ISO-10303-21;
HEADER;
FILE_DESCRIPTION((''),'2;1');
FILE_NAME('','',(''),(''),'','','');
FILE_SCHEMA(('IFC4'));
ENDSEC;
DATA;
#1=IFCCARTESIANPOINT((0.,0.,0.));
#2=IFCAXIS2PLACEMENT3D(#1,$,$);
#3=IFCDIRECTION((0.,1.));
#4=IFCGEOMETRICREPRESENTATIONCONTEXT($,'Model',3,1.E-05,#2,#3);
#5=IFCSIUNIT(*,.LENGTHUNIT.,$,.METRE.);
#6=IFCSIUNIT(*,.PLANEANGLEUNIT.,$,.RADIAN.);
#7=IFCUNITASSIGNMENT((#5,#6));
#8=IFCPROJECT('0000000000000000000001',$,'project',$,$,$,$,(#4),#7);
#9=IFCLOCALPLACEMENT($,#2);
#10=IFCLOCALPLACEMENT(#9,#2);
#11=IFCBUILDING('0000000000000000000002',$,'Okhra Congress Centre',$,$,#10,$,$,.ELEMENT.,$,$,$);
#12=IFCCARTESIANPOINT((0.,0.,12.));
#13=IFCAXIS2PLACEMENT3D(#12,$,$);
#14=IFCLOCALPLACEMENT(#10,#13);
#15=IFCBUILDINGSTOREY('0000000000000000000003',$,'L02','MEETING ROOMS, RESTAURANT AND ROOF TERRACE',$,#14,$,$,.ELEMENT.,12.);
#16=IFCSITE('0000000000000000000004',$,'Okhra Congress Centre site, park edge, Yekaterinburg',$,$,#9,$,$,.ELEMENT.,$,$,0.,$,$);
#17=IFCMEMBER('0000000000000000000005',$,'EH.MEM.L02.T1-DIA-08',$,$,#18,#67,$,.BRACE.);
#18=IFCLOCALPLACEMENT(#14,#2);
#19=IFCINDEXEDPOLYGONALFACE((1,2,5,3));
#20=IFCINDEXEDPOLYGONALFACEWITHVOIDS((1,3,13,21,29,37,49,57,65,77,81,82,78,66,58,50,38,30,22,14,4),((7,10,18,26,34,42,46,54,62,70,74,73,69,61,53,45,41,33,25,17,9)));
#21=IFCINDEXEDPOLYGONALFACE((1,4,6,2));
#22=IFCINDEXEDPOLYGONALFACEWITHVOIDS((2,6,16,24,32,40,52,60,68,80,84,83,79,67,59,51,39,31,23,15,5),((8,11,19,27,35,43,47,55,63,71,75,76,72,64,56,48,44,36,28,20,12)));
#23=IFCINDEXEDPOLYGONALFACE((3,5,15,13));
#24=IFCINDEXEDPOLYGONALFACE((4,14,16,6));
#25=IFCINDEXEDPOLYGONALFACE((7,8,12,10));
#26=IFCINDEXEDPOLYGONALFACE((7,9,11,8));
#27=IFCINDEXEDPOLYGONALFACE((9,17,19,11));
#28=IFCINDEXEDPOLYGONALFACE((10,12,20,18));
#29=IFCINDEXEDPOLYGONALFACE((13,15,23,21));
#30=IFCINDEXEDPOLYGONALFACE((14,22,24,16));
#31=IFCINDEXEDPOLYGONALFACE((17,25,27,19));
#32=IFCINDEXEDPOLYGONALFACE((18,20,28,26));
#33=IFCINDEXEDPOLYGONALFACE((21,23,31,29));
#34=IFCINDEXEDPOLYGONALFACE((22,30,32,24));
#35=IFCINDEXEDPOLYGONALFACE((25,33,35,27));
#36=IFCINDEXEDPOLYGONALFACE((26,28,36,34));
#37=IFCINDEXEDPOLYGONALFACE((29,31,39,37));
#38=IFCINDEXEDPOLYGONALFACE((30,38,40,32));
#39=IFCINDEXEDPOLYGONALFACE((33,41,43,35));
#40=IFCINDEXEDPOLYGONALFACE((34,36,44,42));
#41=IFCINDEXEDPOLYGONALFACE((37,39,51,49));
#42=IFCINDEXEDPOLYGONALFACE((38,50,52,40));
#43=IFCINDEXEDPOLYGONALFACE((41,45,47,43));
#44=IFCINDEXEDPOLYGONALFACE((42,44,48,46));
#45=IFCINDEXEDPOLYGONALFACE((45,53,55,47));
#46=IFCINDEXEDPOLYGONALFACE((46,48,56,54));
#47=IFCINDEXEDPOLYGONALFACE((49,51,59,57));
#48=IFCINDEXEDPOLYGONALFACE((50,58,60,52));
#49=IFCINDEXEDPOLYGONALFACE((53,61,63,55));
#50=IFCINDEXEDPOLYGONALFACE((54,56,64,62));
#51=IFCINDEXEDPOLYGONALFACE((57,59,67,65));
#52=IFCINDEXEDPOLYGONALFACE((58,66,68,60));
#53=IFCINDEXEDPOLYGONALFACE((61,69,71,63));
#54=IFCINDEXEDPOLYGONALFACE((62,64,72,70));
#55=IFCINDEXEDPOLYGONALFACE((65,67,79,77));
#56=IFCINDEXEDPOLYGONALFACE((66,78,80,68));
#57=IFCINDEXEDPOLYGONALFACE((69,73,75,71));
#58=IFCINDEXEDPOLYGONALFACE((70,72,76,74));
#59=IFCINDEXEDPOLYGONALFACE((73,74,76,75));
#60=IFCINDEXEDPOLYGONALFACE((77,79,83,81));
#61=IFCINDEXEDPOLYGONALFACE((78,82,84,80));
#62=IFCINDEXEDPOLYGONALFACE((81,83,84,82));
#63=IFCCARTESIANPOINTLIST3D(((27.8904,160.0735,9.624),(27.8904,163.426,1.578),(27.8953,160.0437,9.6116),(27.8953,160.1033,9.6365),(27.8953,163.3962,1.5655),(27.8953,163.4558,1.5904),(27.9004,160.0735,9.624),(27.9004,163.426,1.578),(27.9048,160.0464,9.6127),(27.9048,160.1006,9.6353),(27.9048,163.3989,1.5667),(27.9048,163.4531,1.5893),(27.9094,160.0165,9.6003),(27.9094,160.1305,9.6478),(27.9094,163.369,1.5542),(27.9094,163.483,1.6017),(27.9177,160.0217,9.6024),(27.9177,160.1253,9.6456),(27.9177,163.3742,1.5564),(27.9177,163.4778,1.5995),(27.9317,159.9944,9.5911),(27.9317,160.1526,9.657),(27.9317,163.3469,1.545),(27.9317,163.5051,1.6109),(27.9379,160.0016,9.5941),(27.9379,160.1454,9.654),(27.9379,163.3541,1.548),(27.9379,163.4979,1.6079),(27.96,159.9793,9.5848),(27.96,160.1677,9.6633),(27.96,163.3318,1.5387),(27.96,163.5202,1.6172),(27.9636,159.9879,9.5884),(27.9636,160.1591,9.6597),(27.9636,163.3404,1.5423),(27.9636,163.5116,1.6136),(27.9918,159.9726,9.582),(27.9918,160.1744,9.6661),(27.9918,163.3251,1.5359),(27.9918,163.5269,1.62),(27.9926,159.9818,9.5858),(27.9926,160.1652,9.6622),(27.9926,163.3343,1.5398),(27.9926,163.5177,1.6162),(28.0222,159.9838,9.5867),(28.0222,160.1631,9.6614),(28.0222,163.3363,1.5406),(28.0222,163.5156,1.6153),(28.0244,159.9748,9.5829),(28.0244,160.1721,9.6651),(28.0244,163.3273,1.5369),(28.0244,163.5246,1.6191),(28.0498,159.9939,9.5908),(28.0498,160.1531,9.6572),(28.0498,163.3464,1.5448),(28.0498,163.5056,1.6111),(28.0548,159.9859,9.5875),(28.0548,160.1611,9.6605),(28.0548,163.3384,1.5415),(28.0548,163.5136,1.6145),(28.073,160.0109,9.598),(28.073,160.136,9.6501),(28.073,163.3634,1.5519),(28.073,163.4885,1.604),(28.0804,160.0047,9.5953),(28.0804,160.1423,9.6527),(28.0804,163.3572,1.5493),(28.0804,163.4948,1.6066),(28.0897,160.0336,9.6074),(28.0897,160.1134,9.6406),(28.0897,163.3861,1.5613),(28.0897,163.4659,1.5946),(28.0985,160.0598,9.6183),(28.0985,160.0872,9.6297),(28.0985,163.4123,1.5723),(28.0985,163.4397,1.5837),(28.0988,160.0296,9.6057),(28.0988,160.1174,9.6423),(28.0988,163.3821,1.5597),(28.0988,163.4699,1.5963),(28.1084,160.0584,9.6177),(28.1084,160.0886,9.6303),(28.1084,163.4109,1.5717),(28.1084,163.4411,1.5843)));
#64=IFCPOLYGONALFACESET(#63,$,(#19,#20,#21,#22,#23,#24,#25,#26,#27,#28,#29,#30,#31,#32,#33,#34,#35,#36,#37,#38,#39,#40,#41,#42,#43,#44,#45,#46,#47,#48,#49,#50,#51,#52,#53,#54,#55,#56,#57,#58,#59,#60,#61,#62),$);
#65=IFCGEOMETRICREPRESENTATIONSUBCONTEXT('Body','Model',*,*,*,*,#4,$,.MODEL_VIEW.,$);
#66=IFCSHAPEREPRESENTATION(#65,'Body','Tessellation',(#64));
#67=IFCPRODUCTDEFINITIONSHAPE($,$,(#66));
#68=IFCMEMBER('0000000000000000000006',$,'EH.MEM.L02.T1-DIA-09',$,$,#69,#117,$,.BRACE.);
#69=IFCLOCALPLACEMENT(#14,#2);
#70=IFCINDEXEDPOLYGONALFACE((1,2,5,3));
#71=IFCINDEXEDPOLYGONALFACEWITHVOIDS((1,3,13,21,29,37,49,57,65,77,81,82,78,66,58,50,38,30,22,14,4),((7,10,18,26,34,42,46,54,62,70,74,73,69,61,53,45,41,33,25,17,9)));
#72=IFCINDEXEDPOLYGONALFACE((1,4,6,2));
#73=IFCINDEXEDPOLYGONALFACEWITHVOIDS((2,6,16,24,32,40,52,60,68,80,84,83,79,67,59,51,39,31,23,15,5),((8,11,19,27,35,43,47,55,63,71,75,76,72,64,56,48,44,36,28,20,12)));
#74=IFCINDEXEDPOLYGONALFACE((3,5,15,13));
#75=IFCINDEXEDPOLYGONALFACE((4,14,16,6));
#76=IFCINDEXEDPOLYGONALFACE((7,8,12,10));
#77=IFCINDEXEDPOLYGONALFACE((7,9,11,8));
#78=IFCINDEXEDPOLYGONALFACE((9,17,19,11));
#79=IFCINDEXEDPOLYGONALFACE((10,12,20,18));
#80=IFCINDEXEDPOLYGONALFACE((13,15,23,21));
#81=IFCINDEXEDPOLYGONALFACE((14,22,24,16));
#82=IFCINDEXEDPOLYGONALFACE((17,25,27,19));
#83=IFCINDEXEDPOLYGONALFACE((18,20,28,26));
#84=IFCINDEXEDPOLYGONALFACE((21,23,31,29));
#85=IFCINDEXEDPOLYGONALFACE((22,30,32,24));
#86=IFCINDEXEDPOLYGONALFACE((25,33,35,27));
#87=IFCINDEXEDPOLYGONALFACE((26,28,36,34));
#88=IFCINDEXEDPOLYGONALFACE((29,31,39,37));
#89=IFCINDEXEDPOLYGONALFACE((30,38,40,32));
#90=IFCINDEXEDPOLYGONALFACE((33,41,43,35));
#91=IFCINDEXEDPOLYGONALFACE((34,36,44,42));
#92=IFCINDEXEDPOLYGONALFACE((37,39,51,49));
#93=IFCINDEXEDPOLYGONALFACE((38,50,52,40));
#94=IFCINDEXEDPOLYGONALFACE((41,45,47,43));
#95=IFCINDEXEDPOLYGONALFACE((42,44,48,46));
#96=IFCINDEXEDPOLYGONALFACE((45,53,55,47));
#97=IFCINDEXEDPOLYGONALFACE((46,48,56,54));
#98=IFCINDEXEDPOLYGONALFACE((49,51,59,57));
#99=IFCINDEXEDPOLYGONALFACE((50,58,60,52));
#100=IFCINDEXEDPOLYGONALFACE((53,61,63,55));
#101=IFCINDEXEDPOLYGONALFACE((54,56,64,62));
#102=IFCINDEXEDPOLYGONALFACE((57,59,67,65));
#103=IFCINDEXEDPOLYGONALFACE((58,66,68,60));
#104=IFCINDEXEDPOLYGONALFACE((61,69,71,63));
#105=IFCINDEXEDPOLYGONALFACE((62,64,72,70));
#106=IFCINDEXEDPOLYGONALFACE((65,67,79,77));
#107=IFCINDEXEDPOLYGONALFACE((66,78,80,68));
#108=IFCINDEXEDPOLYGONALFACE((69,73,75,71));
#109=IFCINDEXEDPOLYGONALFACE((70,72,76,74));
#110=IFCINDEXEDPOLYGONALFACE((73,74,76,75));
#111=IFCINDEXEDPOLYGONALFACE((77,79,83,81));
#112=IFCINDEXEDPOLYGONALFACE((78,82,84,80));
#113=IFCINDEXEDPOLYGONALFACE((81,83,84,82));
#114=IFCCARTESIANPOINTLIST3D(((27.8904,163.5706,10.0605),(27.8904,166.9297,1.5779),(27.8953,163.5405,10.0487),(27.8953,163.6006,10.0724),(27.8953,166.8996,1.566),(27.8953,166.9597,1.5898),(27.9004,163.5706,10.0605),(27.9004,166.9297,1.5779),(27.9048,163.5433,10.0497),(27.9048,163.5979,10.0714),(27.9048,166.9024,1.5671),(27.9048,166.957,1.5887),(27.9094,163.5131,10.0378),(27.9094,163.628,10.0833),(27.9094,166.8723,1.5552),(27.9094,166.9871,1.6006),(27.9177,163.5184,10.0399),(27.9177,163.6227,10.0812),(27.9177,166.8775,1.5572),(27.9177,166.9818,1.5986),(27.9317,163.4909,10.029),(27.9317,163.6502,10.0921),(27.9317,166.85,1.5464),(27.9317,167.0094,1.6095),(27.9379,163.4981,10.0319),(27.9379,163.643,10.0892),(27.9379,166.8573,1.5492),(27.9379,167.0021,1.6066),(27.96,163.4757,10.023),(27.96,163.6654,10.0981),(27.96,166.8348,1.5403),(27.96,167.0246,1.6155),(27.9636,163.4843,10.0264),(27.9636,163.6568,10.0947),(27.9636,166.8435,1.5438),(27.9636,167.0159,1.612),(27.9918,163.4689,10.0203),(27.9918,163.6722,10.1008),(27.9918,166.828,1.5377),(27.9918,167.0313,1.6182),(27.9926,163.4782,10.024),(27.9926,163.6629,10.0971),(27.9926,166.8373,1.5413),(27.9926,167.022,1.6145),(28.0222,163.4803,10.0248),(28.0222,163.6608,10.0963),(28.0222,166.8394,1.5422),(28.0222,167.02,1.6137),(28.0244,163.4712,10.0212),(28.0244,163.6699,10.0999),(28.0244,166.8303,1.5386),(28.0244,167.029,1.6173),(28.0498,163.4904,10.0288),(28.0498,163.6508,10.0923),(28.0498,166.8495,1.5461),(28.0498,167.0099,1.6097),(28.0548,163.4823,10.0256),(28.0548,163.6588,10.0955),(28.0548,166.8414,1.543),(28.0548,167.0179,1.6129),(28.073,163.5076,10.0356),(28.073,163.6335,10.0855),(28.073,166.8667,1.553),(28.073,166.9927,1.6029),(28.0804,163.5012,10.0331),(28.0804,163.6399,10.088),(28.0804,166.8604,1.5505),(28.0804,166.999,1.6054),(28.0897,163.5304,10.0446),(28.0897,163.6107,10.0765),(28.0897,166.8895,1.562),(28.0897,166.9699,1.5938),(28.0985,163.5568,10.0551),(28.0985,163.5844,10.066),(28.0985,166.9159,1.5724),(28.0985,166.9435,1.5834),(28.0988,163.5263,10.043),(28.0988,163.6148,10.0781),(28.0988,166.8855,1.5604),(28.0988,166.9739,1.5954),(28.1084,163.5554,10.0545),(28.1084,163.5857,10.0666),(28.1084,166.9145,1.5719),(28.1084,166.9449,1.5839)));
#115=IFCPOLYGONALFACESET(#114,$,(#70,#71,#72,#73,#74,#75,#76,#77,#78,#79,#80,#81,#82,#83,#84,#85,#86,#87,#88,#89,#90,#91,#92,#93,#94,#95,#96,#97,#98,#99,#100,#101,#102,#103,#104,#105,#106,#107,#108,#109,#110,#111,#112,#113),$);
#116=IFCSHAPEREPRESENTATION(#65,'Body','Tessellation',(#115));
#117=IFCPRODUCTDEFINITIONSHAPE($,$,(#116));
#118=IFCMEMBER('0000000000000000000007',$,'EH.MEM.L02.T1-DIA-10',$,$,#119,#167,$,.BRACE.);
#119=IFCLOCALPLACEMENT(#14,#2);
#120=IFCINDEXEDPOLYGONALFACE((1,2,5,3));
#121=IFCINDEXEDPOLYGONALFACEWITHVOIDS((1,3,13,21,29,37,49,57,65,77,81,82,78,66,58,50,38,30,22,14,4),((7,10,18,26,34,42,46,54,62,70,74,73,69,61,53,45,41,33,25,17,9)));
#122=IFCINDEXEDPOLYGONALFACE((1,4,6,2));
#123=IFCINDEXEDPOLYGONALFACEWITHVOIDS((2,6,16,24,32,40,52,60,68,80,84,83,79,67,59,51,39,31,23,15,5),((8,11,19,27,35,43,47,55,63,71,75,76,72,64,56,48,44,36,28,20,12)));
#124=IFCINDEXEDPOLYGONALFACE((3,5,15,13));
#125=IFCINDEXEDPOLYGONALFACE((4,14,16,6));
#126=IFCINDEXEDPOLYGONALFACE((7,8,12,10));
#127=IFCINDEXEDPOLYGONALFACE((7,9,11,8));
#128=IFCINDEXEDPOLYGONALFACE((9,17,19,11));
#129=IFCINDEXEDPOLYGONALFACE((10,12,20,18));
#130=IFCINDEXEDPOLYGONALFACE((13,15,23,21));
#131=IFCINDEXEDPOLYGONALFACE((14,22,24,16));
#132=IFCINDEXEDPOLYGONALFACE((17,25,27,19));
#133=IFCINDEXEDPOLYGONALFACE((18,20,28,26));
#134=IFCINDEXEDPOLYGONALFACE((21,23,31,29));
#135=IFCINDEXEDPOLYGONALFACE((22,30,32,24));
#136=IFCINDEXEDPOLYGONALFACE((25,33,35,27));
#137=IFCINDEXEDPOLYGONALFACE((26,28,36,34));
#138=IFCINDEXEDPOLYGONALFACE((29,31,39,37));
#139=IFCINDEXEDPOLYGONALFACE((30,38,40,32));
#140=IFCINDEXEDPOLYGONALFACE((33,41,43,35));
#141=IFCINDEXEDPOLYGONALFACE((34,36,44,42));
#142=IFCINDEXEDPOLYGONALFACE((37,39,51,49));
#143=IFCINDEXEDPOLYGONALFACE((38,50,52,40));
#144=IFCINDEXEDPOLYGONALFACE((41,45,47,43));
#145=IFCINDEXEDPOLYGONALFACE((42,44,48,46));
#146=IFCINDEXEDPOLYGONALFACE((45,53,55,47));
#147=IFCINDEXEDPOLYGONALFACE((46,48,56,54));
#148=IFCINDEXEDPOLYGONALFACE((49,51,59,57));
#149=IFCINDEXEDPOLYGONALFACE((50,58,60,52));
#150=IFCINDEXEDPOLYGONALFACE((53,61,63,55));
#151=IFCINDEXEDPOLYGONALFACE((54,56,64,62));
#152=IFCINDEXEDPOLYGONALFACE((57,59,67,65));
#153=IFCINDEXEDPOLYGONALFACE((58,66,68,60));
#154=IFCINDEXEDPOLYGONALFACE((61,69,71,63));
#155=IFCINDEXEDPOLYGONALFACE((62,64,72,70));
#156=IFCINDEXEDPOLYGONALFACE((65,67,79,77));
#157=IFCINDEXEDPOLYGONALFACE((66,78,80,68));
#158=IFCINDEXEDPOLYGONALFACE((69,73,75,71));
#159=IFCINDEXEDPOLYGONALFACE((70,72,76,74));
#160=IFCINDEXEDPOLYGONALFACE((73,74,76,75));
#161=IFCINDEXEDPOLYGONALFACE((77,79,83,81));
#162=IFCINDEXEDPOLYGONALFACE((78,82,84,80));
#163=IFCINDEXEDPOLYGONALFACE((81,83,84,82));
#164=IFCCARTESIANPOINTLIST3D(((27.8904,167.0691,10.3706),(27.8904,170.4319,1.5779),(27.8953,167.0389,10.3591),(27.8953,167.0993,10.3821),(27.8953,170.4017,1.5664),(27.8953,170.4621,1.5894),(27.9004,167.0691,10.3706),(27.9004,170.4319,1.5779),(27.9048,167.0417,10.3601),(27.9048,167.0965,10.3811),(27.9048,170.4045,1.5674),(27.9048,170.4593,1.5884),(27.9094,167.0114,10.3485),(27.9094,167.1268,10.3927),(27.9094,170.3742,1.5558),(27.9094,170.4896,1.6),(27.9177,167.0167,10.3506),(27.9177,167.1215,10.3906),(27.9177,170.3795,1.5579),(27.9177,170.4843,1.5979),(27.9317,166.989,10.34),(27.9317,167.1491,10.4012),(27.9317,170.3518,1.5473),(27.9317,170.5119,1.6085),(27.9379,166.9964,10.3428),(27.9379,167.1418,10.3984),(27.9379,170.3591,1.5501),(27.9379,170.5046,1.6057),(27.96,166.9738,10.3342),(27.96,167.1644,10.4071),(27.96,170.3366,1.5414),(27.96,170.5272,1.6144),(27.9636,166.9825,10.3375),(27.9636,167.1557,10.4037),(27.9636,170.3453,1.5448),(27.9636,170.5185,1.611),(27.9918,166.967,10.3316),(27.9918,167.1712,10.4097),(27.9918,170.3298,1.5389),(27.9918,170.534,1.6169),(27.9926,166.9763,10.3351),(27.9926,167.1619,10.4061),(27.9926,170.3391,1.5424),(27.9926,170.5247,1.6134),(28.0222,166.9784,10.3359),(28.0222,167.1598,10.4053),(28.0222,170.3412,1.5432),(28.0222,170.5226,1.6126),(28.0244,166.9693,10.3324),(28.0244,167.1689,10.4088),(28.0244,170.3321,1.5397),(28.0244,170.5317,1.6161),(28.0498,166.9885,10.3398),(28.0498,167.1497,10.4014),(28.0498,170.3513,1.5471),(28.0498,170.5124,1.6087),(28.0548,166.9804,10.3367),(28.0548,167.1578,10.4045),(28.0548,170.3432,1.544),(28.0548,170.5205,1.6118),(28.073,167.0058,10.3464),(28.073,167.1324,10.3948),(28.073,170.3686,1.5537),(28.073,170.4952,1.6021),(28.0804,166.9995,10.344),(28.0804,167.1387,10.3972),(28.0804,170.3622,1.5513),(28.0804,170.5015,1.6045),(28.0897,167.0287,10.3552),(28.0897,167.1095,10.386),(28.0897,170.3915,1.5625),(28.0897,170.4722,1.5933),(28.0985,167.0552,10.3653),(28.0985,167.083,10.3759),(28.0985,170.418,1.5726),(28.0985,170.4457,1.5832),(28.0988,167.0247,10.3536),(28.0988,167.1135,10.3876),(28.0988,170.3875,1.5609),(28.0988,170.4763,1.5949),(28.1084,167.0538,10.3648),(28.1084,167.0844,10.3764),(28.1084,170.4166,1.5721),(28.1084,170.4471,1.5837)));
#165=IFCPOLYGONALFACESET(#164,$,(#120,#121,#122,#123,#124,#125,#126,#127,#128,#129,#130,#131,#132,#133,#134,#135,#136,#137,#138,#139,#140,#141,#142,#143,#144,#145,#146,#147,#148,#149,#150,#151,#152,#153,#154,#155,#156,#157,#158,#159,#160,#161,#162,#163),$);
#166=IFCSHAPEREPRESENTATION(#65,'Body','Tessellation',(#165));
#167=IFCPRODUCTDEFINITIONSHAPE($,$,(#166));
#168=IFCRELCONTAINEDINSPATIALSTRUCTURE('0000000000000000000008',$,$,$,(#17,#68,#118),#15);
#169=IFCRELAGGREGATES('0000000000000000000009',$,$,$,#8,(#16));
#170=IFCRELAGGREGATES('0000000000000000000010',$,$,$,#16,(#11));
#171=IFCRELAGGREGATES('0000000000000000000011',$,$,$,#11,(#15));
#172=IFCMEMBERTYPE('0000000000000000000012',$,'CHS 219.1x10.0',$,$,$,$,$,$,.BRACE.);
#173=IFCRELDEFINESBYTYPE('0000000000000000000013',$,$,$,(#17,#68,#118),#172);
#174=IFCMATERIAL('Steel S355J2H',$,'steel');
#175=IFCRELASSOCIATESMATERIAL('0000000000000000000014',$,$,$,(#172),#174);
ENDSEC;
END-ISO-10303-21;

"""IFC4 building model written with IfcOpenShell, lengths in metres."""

from ifc_helpers import new_model, si_unit, direction, frame, origin, origin_2d, place, context, subcontext, project, spatial, hollow_circle, extrude, material, material_profile, profile_set, type_object, element, save


model = new_model("IFC4")

# Units and contexts
model_context = context("Model", 3, precision=1e-05, world=origin(), true_north=direction((0.0, 1.0)))
body_context = subcontext(model_context, "Body", "Model", "MODEL_VIEW")
ifc_project = project(units=[si_unit("LENGTHUNIT", "METRE"), si_unit("PLANEANGLEUNIT", "RADIAN")], contexts=[model_context])

# Site, building, storey
site_placement = place(None, origin())
site = spatial("IfcSite", under=ifc_project, at=site_placement, Name="Okhra Congress Centre site, park edge, Yekaterinburg", CompositionType="ELEMENT", RefElevation=0.0)
building_placement = place(site_placement, origin())
building = spatial("IfcBuilding", under=site, at=building_placement, Name="Okhra Congress Centre", CompositionType="ELEMENT")
storey_placement = place(building_placement, frame((0.0, 0.0, 12.0)))
storey = spatial("IfcBuildingStorey", under=building, at=storey_placement, Name="L02", Description="MEETING ROOMS, RESTAURANT AND ROOF TERRACE", CompositionType="ELEMENT", Elevation=12.0)

# Members
ifc_material_1 = material(Name="Steel S355J2H", Category="steel")
ifc_material_profile_1 = material_profile(ifc_material_1, hollow_circle(Radius=0.1096, WallThickness=0.01, at=origin_2d()), Name="CHS 219.1x10.0")
ifc_profile_set_1 = profile_set([ifc_material_profile_1], Name="Steel S355J2H")
member_type_1 = type_object("IfcMemberType", Name="CHS 219.1x10.0", PredefinedType="BRACE", material=ifc_profile_set_1)
member_1_placement = place(storey_placement, frame((28.0, 160.0735, 9.624), z_axis=(0.0, 0.384613, -0.923078), x_axis=(-1.0, 0.0, 0.0)))
element("IfcMember", 1, at=member_1_placement, inside=storey, type_object=member_type_1, Name="EH.MEM.L02.T1-DIA-08", PredefinedType="BRACE", context=body_context, shape_type="SweptSolid", body=[
    extrude(hollow_circle(Radius=0.1096, WallThickness=0.01, at=origin_2d()), origin(), (0.0, 0.0, 1.0), 8.7166),
])
member_2_placement = place(storey_placement, frame((28.0, 163.5706, 10.0605), z_axis=(0.0, 0.368182, -0.929754), x_axis=(-1.0, 0.0, 0.0)))
element("IfcMember", 2, at=member_2_placement, inside=storey, type_object=member_type_1, Name="EH.MEM.L02.T1-DIA-09", PredefinedType="BRACE", context=body_context, shape_type="SweptSolid", body=[
    extrude(hollow_circle(Radius=0.1096, WallThickness=0.01, at=origin_2d()), origin(), (0.0, 0.0, 1.0), 9.1235),
])
member_3_placement = place(storey_placement, frame((28.0, 167.0691, 10.3706), z_axis=(0.0, 0.357218, -0.934021), x_axis=(-1.0, 0.0, 0.0)))
element("IfcMember", 3, at=member_3_placement, inside=storey, type_object=member_type_1, Name="EH.MEM.L02.T1-DIA-10", PredefinedType="BRACE", context=body_context, shape_type="SweptSolid", body=[
    extrude(hollow_circle(Radius=0.1096, WallThickness=0.01, at=origin_2d()), origin(), (0.0, 0.0, 1.0), 9.4138),
])

save(model, "model.ifc")
